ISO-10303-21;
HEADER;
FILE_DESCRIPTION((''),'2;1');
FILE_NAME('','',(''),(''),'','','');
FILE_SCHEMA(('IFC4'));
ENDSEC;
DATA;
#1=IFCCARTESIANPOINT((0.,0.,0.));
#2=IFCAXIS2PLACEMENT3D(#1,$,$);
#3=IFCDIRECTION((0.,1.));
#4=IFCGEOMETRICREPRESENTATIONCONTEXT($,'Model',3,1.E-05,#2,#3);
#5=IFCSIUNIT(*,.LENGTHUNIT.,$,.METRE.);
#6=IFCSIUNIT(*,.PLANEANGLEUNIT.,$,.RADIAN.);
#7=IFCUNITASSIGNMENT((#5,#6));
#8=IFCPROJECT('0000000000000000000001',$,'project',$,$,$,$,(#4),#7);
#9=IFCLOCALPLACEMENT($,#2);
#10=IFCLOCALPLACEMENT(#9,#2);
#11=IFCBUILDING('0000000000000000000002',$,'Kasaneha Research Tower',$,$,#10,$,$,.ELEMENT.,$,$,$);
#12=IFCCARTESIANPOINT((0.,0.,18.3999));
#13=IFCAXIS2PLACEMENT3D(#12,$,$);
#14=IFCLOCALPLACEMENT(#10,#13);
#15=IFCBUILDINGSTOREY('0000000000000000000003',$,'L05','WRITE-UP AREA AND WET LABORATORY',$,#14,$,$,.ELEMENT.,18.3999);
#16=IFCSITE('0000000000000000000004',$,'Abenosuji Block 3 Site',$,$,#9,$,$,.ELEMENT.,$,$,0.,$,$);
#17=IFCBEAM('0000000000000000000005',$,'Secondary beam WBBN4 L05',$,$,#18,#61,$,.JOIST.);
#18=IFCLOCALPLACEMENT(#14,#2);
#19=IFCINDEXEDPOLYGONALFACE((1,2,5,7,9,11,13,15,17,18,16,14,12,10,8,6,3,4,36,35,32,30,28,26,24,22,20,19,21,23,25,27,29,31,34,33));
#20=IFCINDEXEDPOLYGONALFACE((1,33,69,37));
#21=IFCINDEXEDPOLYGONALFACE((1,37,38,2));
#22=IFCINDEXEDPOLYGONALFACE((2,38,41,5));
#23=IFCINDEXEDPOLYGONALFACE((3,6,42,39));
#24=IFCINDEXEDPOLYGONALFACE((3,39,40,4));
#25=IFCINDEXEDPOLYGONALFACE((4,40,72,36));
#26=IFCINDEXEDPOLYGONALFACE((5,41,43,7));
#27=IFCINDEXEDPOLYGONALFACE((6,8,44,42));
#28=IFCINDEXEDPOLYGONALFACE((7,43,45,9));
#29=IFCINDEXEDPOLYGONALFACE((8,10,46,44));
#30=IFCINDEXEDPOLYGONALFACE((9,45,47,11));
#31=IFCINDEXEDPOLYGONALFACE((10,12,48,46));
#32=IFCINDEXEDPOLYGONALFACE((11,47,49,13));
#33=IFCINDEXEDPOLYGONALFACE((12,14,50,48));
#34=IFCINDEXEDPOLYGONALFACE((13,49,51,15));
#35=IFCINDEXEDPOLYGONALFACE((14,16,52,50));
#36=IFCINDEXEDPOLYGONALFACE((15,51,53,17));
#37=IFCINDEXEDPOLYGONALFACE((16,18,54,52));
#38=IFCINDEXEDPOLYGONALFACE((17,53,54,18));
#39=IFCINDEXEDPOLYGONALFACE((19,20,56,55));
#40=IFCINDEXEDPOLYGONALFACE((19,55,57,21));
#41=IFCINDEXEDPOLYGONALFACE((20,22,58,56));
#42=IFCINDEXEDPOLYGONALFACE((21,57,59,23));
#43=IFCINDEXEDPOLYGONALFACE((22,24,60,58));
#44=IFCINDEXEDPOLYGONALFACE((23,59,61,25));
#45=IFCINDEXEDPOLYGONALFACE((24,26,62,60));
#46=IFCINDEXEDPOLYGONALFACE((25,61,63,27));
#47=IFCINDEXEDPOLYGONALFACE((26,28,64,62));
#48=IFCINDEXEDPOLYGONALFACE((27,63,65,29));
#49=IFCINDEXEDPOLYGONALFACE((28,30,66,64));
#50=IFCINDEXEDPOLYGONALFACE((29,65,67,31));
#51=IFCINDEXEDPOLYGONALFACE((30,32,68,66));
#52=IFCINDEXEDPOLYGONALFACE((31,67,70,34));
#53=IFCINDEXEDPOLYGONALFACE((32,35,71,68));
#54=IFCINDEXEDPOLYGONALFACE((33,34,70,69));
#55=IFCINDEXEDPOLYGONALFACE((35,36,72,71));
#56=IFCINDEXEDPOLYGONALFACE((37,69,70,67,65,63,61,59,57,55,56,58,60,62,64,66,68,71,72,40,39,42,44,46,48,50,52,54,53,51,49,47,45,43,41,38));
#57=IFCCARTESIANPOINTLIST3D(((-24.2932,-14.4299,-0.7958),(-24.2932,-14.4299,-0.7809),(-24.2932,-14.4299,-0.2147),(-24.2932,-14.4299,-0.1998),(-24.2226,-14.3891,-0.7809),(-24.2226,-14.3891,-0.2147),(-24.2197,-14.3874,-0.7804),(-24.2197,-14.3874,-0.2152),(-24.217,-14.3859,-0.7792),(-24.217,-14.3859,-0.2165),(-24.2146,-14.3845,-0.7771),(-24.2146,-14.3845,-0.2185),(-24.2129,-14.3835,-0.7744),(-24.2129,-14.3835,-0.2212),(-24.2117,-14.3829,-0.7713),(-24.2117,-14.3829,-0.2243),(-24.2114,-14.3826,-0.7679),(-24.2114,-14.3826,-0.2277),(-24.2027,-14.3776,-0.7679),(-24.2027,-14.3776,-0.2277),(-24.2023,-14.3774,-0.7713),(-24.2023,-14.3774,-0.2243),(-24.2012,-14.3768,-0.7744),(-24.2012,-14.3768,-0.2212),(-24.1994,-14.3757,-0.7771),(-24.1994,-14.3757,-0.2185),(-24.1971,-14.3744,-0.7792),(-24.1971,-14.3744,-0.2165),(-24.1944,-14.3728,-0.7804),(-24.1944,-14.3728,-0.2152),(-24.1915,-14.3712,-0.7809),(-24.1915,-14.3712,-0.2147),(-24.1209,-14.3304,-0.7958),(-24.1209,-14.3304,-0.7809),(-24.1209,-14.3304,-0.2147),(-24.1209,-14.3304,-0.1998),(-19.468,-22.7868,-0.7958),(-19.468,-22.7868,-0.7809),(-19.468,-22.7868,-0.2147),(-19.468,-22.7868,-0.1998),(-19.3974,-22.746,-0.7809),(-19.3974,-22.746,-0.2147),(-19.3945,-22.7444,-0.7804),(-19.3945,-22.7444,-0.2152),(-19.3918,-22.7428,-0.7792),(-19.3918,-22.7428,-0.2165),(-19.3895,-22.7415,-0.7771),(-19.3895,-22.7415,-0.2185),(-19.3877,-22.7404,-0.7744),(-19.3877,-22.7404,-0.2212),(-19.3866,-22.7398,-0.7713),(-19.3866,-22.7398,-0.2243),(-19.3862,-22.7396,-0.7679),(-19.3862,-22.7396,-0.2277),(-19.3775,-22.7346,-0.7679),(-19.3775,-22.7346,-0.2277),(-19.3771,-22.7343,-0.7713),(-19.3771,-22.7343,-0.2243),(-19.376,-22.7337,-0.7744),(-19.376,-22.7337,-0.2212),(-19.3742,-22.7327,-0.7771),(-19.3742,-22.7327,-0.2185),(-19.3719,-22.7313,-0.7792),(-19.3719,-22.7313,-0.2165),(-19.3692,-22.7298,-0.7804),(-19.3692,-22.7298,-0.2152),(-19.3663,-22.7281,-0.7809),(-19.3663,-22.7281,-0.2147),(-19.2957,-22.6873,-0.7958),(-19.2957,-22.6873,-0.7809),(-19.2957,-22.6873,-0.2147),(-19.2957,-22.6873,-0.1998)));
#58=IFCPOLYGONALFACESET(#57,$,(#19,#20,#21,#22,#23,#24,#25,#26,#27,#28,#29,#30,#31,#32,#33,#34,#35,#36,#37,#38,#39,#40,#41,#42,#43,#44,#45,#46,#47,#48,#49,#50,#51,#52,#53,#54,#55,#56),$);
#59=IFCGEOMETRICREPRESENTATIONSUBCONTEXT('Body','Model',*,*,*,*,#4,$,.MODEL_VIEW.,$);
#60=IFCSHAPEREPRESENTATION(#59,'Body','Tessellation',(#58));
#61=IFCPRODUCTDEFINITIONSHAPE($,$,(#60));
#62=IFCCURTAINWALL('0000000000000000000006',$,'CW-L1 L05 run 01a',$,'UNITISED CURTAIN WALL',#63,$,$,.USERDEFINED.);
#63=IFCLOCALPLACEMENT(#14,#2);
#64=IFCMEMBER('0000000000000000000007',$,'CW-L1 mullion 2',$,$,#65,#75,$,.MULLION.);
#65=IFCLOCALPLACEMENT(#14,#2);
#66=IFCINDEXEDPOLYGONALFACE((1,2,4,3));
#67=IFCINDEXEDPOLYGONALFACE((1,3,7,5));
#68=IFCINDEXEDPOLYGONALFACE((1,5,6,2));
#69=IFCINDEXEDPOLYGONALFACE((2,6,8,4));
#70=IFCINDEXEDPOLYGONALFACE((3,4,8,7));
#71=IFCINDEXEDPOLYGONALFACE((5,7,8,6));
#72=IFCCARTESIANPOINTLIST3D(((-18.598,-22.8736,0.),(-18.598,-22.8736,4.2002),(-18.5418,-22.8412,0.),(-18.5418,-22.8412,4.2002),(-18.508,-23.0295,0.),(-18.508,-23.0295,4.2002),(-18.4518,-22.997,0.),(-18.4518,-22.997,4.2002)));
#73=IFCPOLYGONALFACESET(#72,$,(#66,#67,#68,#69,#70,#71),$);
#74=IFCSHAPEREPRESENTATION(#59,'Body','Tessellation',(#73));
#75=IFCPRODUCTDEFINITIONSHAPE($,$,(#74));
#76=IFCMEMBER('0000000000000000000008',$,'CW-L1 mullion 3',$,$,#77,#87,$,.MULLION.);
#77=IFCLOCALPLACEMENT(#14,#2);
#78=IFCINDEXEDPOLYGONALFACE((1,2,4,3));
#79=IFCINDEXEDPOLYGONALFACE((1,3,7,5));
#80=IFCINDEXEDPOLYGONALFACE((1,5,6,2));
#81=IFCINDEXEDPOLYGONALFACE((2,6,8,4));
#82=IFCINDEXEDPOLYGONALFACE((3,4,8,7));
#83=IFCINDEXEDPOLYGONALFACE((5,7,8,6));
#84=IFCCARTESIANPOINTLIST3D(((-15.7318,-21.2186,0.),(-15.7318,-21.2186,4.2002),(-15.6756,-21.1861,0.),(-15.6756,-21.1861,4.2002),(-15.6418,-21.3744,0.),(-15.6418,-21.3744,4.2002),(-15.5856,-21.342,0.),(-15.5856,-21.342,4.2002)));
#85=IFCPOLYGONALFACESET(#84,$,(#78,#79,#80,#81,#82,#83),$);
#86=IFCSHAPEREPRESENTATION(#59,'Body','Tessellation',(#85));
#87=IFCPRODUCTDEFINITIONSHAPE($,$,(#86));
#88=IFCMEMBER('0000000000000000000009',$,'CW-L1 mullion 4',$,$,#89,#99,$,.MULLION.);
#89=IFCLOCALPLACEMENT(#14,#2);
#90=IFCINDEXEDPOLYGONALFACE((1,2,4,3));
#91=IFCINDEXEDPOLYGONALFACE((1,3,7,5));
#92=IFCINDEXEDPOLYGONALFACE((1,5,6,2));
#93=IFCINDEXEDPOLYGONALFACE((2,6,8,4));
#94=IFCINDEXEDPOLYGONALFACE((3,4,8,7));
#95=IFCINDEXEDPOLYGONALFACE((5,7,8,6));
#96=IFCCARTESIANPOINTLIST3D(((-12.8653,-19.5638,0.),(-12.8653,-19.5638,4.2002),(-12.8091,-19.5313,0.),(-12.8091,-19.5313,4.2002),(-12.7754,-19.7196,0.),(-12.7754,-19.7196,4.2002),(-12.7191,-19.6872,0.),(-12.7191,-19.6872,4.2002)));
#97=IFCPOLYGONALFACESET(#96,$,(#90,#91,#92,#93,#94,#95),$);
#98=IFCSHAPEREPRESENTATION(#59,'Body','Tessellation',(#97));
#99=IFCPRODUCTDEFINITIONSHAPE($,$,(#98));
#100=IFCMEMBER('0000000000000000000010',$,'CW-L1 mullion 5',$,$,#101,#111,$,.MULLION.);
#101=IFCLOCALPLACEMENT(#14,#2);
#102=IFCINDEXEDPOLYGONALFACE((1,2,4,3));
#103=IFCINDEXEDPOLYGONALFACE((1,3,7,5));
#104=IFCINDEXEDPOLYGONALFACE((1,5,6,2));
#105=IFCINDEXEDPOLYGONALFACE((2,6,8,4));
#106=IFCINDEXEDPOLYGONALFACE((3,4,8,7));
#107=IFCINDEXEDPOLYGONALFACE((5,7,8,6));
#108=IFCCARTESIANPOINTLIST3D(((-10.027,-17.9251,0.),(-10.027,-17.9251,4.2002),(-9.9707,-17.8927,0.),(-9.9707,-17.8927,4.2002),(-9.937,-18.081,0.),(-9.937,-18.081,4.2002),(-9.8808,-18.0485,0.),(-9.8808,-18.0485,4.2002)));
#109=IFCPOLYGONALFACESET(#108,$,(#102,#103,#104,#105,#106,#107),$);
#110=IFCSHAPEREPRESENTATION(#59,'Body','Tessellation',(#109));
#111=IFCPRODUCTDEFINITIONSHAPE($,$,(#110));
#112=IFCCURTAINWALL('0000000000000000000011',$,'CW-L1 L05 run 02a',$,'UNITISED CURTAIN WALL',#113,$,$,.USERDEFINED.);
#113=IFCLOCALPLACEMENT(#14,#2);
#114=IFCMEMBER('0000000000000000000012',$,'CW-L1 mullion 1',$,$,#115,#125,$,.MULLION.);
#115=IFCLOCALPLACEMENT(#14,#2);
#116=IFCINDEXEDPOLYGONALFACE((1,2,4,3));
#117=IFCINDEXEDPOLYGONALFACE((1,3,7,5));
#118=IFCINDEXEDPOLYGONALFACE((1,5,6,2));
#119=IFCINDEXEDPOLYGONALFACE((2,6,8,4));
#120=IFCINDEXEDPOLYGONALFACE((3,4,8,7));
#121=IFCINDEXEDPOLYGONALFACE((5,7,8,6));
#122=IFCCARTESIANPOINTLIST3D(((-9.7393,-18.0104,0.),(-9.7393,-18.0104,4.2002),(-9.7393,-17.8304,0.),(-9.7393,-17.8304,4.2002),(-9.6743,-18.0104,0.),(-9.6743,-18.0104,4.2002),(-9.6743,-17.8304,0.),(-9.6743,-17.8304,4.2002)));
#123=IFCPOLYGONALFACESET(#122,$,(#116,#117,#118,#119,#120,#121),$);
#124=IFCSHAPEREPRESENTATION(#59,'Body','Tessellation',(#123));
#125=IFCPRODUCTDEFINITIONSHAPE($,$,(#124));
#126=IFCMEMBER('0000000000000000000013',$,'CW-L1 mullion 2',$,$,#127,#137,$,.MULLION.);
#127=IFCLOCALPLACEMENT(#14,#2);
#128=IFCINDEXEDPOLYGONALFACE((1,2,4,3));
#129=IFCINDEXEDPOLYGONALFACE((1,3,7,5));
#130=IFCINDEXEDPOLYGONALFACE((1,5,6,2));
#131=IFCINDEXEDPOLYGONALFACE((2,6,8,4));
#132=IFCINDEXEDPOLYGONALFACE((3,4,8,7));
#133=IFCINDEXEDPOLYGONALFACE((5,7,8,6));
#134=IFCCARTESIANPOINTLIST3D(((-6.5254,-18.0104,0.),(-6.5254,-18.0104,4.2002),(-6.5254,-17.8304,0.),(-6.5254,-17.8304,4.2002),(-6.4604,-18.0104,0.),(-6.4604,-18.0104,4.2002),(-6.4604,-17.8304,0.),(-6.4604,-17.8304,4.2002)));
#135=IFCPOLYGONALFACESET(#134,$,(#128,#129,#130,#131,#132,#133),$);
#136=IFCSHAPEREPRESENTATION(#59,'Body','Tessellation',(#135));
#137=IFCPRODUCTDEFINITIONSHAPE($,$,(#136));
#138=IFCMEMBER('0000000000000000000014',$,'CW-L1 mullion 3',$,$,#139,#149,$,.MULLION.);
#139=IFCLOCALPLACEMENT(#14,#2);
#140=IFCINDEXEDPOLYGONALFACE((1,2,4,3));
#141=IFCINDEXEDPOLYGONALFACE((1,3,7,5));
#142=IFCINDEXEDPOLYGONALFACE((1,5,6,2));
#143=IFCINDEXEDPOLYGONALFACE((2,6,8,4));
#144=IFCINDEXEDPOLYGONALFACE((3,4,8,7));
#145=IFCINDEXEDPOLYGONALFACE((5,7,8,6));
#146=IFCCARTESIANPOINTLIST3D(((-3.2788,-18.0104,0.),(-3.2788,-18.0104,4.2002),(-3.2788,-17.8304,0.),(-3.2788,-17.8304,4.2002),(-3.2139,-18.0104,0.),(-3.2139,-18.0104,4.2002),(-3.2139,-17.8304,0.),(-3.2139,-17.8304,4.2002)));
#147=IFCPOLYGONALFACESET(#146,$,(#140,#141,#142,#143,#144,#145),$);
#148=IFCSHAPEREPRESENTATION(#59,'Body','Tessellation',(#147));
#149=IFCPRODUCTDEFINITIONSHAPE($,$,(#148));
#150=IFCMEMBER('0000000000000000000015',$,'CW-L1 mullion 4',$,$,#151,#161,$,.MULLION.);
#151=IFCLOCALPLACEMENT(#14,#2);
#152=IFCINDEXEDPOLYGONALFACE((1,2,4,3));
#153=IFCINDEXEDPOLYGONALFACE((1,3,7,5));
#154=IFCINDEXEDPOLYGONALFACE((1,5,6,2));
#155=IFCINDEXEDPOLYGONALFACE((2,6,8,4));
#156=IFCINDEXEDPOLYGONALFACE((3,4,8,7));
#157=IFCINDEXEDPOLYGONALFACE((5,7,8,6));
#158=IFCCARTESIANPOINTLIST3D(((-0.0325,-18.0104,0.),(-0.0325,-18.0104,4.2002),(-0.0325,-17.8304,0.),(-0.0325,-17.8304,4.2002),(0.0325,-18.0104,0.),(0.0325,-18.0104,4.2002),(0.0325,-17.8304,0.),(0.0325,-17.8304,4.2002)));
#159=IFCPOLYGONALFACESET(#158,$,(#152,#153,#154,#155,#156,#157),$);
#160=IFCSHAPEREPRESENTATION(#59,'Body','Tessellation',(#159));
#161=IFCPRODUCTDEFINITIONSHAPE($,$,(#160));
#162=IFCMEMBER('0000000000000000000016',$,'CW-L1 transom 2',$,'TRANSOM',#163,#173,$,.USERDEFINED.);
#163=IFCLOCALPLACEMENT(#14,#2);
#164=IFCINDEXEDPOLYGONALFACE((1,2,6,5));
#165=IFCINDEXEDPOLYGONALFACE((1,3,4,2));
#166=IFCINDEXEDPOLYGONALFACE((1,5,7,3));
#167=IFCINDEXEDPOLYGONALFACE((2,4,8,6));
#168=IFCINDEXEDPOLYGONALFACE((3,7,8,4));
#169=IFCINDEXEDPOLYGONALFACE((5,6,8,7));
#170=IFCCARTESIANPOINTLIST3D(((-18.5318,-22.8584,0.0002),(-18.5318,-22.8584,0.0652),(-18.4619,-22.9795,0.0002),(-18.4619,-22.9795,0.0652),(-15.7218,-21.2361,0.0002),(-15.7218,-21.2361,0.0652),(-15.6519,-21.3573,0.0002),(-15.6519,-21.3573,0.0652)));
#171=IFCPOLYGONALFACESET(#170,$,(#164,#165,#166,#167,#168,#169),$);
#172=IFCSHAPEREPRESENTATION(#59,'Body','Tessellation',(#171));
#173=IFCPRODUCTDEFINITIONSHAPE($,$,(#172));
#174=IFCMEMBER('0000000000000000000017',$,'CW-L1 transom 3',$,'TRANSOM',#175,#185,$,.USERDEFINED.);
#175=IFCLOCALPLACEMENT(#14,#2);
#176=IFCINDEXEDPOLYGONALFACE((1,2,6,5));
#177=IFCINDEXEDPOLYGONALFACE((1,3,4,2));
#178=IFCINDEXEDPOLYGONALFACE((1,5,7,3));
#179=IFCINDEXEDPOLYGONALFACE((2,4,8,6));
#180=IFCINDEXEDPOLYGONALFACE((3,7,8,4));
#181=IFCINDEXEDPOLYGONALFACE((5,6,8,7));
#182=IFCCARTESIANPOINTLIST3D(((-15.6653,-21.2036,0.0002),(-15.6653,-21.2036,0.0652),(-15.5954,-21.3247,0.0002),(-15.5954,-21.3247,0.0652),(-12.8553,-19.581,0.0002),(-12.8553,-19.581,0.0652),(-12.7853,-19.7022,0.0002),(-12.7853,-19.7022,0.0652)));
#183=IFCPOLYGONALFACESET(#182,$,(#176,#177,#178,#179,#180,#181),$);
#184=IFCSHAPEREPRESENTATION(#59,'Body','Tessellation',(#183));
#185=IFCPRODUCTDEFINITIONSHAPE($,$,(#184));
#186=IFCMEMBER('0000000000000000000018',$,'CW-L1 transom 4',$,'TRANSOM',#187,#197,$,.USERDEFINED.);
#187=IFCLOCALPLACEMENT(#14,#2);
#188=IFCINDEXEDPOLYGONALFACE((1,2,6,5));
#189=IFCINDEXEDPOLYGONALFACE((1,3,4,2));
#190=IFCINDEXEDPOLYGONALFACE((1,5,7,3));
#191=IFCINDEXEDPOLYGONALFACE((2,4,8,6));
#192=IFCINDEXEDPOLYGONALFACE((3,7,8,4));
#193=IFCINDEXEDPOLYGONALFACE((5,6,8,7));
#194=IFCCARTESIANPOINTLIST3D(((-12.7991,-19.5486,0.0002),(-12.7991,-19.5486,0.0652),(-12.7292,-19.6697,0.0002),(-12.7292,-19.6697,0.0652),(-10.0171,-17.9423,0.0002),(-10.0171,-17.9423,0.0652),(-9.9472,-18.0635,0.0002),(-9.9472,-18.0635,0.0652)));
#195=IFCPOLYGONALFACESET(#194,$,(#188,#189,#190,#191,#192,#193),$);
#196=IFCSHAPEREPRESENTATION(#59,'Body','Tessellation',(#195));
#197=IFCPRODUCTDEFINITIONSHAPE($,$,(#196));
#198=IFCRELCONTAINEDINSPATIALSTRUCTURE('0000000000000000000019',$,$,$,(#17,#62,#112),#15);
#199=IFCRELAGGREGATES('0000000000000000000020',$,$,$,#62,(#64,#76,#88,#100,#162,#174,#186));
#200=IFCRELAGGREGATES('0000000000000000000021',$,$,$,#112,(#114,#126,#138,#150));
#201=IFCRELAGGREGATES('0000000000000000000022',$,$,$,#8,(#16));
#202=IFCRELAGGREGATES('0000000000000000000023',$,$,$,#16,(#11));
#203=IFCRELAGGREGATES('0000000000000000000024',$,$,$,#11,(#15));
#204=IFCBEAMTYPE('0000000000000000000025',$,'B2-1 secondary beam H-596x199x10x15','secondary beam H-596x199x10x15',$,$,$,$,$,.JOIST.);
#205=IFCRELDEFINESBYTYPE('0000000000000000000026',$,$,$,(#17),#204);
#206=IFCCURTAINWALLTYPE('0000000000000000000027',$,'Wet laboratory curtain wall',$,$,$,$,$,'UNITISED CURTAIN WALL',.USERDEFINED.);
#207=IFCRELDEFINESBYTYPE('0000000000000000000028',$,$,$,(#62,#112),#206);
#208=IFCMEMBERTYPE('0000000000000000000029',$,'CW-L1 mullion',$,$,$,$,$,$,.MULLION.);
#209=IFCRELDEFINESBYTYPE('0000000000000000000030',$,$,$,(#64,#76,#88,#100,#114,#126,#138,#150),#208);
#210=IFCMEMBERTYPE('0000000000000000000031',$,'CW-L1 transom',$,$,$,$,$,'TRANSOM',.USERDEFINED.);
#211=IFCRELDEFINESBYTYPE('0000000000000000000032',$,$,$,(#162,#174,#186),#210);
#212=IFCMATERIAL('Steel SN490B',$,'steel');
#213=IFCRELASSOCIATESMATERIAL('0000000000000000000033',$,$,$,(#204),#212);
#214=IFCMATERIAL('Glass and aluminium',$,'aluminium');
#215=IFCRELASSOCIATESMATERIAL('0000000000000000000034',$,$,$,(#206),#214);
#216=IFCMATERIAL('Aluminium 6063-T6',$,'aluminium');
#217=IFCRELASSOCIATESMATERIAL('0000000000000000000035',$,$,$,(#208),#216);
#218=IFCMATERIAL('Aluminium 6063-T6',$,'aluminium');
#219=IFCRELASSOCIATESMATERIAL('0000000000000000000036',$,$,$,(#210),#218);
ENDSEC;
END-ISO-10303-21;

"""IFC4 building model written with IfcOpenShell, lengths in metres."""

from ifc_helpers import new_model, si_unit, direction, frame, origin, origin_2d, place, context, subcontext, project, spatial, rectangle, i_section, extrude, material, material_profile, profile_set, type_object, element, aggregate, save


model = new_model("IFC4")

# Units and contexts
model_context = context("Model", 3, precision=1e-05, world=origin(), true_north=direction((0.0, 1.0)))
body_context = subcontext(model_context, "Body", "Model", "MODEL_VIEW")
ifc_project = project(units=[si_unit("LENGTHUNIT", "METRE"), si_unit("PLANEANGLEUNIT", "RADIAN")], contexts=[model_context])

# Site, building, storey
site_placement = place(None, origin())
site = spatial("IfcSite", under=ifc_project, at=site_placement, Name="Abenosuji Block 3 Site", CompositionType="ELEMENT", RefElevation=0.0)
building_placement = place(site_placement, origin())
building = spatial("IfcBuilding", under=site, at=building_placement, Name="Kasaneha Research Tower", CompositionType="ELEMENT")
storey_placement = place(building_placement, frame((0.0, 0.0, 18.3999)))
storey = spatial("IfcBuildingStorey", under=building, at=storey_placement, Name="L05", Description="WRITE-UP AREA AND WET LABORATORY", CompositionType="ELEMENT", Elevation=18.3999)

# Beam
ifc_material_1 = material(Name="Steel SN490B", Category="steel")
ifc_material_profile_1 = material_profile(ifc_material_1, i_section(OverallWidth=0.199, OverallDepth=0.5959, WebThickness=0.01, FlangeThickness=0.0149, FilletRadius=0.0129, at=origin_2d()), Name="H-596x199x10x15")
ifc_profile_set_1 = profile_set([ifc_material_profile_1], Name="Steel SN490B")
beam_type_1 = type_object("IfcBeamType", Name="B2-1 secondary beam H-596x199x10x15", Description="secondary beam H-596x199x10x15", PredefinedType="JOIST", material=ifc_profile_set_1)
for number, where, z_axis, x_axis, name in (
    (1, (-19.3818, -22.7371, -0.4978), (-0.500025, 0.866011, 0.0), (-0.866011, -0.500025, 0.0), "Secondary beam WBBN4 L05"),
):
    element("IfcBeam", number, at=place(storey_placement, frame(where, z_axis=z_axis, x_axis=x_axis)), inside=storey, type_object=beam_type_1, Name=name, PredefinedType="JOIST", context=body_context, shape_type="SweptSolid", body=[
        extrude(i_section(OverallWidth=0.199, OverallDepth=0.5959, WebThickness=0.01, FlangeThickness=0.0149, FilletRadius=0.0129, at=origin_2d()), origin(), (0.0, 0.0, 1.0), 9.6499),
    ])

# Curtain walls, members
ifc_material_2 = material(Name="Glass and aluminium", Category="aluminium")
curtain_wall_type = type_object("IfcCurtainWallType", Name="Wet laboratory curtain wall", ElementType="UNITISED CURTAIN WALL", PredefinedType="USERDEFINED", material=ifc_material_2)
curtain_wall_1_placement = place(storey_placement, origin())
curtain_wall_1 = element("IfcCurtainWall", 2, at=curtain_wall_1_placement, inside=storey, type_object=curtain_wall_type, Name="CW-L1 L05 run 01a", ObjectType="UNITISED CURTAIN WALL", PredefinedType="USERDEFINED")
ifc_material_3 = material(Name="Aluminium 6063-T6", Category="aluminium")
ifc_material_profile_2 = material_profile(ifc_material_3, rectangle(XDim=0.0649, YDim=0.1799, at=origin_2d()), Name="CW-L1 mullion 65x180")
ifc_profile_set_2 = profile_set([ifc_material_profile_2], Name="Aluminium 6063-T6")
member_type_1 = type_object("IfcMemberType", Name="CW-L1 mullion", PredefinedType="MULLION", material=ifc_profile_set_2)
member_1_placement = place(storey_placement, frame((-18.5249, -22.9353, 0.0), z_axis=(0.0, 0.0, 1.0), x_axis=(0.866025, 0.5, 0.0)))
member_1 = element("IfcMember", 3, at=member_1_placement, type_object=member_type_1, Name="CW-L1 mullion 2", PredefinedType="MULLION", context=body_context, shape_type="SweptSolid", body=[
    extrude(rectangle(XDim=0.0649, YDim=0.1799, at=origin_2d()), origin(), (0.0, 0.0, 1.0), 4.2002),
])
member_2_placement = place(storey_placement, frame((-15.6587, -21.2803, 0.0), z_axis=(0.0, 0.0, 1.0), x_axis=(0.866025, 0.5, 0.0)))
member_2 = element("IfcMember", 4, at=member_2_placement, type_object=member_type_1, Name="CW-L1 mullion 3", PredefinedType="MULLION", context=body_context, shape_type="SweptSolid", body=[
    extrude(rectangle(XDim=0.0649, YDim=0.1799, at=origin_2d()), origin(), (0.0, 0.0, 1.0), 4.2002),
])
member_3_placement = place(storey_placement, frame((-12.7922, -19.6255, 0.0), z_axis=(0.0, 0.0, 1.0), x_axis=(0.866025, 0.5, 0.0)))
member_3 = element("IfcMember", 5, at=member_3_placement, type_object=member_type_1, Name="CW-L1 mullion 4", PredefinedType="MULLION", context=body_context, shape_type="SweptSolid", body=[
    extrude(rectangle(XDim=0.0649, YDim=0.1799, at=origin_2d()), origin(), (0.0, 0.0, 1.0), 4.2002),
])
member_4_placement = place(storey_placement, frame((-9.9539, -17.9868, 0.0), z_axis=(0.0, 0.0, 1.0), x_axis=(0.866025, 0.5, 0.0)))
member_4 = element("IfcMember", 6, at=member_4_placement, type_object=member_type_1, Name="CW-L1 mullion 5", PredefinedType="MULLION", context=body_context, shape_type="SweptSolid", body=[
    extrude(rectangle(XDim=0.0649, YDim=0.1799, at=origin_2d()), origin(), (0.0, 0.0, 1.0), 4.2002),
])
curtain_wall_2_placement = place(storey_placement, origin())
curtain_wall_2 = element("IfcCurtainWall", 7, at=curtain_wall_2_placement, inside=storey, type_object=curtain_wall_type, Name="CW-L1 L05 run 02a", ObjectType="UNITISED CURTAIN WALL", PredefinedType="USERDEFINED")
member_5_placement = place(storey_placement, frame((-9.7068, -17.9204, 0.0), z_axis=(0.0, 0.0, 1.0), x_axis=(1.0, 0.0, 0.0)))
member_5 = element("IfcMember", 8, at=member_5_placement, type_object=member_type_1, Name="CW-L1 mullion 1", PredefinedType="MULLION", context=body_context, shape_type="SweptSolid", body=[
    extrude(rectangle(XDim=0.0649, YDim=0.1799, at=origin_2d()), origin(), (0.0, 0.0, 1.0), 4.2002),
])
member_6_placement = place(storey_placement, frame((-6.4929, -17.9204, 0.0), z_axis=(0.0, 0.0, 1.0), x_axis=(1.0, 0.0, 0.0)))
member_6 = element("IfcMember", 9, at=member_6_placement, type_object=member_type_1, Name="CW-L1 mullion 2", PredefinedType="MULLION", context=body_context, shape_type="SweptSolid", body=[
    extrude(rectangle(XDim=0.0649, YDim=0.1799, at=origin_2d()), origin(), (0.0, 0.0, 1.0), 4.2002),
])
member_7_placement = place(storey_placement, frame((-3.2463, -17.9204, 0.0), z_axis=(0.0, 0.0, 1.0), x_axis=(1.0, 0.0, 0.0)))
member_7 = element("IfcMember", 10, at=member_7_placement, type_object=member_type_1, Name="CW-L1 mullion 3", PredefinedType="MULLION", context=body_context, shape_type="SweptSolid", body=[
    extrude(rectangle(XDim=0.0649, YDim=0.1799, at=origin_2d()), origin(), (0.0, 0.0, 1.0), 4.2002),
])
member_8_placement = place(storey_placement, frame((0.0, -17.9204, 0.0), z_axis=(0.0, 0.0, 1.0), x_axis=(1.0, 0.0, 0.0)))
member_8 = element("IfcMember", 11, at=member_8_placement, type_object=member_type_1, Name="CW-L1 mullion 4", PredefinedType="MULLION", context=body_context, shape_type="SweptSolid", body=[
    extrude(rectangle(XDim=0.0649, YDim=0.1799, at=origin_2d()), origin(), (0.0, 0.0, 1.0), 4.2002),
])

# Members
ifc_material_4 = material(Name="Aluminium 6063-T6", Category="aluminium")
ifc_material_profile_3 = material_profile(ifc_material_4, rectangle(XDim=0.1399, YDim=0.0649, at=origin_2d()), Name="CW-L1 transom 140x65")
ifc_profile_set_3 = profile_set([ifc_material_profile_3], Name="Aluminium 6063-T6")
member_type_2 = type_object("IfcMemberType", Name="CW-L1 transom", ElementType="TRANSOM", PredefinedType="USERDEFINED", material=ifc_profile_set_3)
member_9_placement = place(storey_placement, frame((-18.4968, -22.9189, 0.0327), z_axis=(0.866035, 0.499983, 0.0), x_axis=(-0.499983, 0.866035, 0.0)))
member_9 = element("IfcMember", 12, at=member_9_placement, type_object=member_type_2, Name="CW-L1 transom 2", ObjectType="TRANSOM", PredefinedType="USERDEFINED", context=body_context, shape_type="SweptSolid", body=[
    extrude(rectangle(XDim=0.1399, YDim=0.0649, at=origin_2d()), origin(), (0.0, 0.0, 1.0), 3.2446),
])
member_10_placement = place(storey_placement, frame((-15.6304, -21.2642, 0.0327), z_axis=(0.866003, 0.500039, 0.0), x_axis=(-0.500039, 0.866003, 0.0)))
member_10 = element("IfcMember", 13, at=member_10_placement, type_object=member_type_2, Name="CW-L1 transom 3", ObjectType="TRANSOM", PredefinedType="USERDEFINED", context=body_context, shape_type="SweptSolid", body=[
    extrude(rectangle(XDim=0.1399, YDim=0.0649, at=origin_2d()), origin(), (0.0, 0.0, 1.0), 3.2449),
])
member_11_placement = place(storey_placement, frame((-12.7642, -19.6091, 0.0327), z_axis=(0.866022, 0.500005, 0.0), x_axis=(-0.500005, 0.866022, 0.0)))
member_11 = element("IfcMember", 14, at=member_11_placement, type_object=member_type_2, Name="CW-L1 transom 4", ObjectType="TRANSOM", PredefinedType="USERDEFINED", context=body_context, shape_type="SweptSolid", body=[
    extrude(rectangle(XDim=0.1399, YDim=0.0649, at=origin_2d()), origin(), (0.0, 0.0, 1.0), 3.2124),
])

aggregate(curtain_wall_1, [member_1, member_2, member_3, member_4, member_9, member_10, member_11])
aggregate(curtain_wall_2, [member_5, member_6, member_7, member_8])

save(model, "model.ifc")
